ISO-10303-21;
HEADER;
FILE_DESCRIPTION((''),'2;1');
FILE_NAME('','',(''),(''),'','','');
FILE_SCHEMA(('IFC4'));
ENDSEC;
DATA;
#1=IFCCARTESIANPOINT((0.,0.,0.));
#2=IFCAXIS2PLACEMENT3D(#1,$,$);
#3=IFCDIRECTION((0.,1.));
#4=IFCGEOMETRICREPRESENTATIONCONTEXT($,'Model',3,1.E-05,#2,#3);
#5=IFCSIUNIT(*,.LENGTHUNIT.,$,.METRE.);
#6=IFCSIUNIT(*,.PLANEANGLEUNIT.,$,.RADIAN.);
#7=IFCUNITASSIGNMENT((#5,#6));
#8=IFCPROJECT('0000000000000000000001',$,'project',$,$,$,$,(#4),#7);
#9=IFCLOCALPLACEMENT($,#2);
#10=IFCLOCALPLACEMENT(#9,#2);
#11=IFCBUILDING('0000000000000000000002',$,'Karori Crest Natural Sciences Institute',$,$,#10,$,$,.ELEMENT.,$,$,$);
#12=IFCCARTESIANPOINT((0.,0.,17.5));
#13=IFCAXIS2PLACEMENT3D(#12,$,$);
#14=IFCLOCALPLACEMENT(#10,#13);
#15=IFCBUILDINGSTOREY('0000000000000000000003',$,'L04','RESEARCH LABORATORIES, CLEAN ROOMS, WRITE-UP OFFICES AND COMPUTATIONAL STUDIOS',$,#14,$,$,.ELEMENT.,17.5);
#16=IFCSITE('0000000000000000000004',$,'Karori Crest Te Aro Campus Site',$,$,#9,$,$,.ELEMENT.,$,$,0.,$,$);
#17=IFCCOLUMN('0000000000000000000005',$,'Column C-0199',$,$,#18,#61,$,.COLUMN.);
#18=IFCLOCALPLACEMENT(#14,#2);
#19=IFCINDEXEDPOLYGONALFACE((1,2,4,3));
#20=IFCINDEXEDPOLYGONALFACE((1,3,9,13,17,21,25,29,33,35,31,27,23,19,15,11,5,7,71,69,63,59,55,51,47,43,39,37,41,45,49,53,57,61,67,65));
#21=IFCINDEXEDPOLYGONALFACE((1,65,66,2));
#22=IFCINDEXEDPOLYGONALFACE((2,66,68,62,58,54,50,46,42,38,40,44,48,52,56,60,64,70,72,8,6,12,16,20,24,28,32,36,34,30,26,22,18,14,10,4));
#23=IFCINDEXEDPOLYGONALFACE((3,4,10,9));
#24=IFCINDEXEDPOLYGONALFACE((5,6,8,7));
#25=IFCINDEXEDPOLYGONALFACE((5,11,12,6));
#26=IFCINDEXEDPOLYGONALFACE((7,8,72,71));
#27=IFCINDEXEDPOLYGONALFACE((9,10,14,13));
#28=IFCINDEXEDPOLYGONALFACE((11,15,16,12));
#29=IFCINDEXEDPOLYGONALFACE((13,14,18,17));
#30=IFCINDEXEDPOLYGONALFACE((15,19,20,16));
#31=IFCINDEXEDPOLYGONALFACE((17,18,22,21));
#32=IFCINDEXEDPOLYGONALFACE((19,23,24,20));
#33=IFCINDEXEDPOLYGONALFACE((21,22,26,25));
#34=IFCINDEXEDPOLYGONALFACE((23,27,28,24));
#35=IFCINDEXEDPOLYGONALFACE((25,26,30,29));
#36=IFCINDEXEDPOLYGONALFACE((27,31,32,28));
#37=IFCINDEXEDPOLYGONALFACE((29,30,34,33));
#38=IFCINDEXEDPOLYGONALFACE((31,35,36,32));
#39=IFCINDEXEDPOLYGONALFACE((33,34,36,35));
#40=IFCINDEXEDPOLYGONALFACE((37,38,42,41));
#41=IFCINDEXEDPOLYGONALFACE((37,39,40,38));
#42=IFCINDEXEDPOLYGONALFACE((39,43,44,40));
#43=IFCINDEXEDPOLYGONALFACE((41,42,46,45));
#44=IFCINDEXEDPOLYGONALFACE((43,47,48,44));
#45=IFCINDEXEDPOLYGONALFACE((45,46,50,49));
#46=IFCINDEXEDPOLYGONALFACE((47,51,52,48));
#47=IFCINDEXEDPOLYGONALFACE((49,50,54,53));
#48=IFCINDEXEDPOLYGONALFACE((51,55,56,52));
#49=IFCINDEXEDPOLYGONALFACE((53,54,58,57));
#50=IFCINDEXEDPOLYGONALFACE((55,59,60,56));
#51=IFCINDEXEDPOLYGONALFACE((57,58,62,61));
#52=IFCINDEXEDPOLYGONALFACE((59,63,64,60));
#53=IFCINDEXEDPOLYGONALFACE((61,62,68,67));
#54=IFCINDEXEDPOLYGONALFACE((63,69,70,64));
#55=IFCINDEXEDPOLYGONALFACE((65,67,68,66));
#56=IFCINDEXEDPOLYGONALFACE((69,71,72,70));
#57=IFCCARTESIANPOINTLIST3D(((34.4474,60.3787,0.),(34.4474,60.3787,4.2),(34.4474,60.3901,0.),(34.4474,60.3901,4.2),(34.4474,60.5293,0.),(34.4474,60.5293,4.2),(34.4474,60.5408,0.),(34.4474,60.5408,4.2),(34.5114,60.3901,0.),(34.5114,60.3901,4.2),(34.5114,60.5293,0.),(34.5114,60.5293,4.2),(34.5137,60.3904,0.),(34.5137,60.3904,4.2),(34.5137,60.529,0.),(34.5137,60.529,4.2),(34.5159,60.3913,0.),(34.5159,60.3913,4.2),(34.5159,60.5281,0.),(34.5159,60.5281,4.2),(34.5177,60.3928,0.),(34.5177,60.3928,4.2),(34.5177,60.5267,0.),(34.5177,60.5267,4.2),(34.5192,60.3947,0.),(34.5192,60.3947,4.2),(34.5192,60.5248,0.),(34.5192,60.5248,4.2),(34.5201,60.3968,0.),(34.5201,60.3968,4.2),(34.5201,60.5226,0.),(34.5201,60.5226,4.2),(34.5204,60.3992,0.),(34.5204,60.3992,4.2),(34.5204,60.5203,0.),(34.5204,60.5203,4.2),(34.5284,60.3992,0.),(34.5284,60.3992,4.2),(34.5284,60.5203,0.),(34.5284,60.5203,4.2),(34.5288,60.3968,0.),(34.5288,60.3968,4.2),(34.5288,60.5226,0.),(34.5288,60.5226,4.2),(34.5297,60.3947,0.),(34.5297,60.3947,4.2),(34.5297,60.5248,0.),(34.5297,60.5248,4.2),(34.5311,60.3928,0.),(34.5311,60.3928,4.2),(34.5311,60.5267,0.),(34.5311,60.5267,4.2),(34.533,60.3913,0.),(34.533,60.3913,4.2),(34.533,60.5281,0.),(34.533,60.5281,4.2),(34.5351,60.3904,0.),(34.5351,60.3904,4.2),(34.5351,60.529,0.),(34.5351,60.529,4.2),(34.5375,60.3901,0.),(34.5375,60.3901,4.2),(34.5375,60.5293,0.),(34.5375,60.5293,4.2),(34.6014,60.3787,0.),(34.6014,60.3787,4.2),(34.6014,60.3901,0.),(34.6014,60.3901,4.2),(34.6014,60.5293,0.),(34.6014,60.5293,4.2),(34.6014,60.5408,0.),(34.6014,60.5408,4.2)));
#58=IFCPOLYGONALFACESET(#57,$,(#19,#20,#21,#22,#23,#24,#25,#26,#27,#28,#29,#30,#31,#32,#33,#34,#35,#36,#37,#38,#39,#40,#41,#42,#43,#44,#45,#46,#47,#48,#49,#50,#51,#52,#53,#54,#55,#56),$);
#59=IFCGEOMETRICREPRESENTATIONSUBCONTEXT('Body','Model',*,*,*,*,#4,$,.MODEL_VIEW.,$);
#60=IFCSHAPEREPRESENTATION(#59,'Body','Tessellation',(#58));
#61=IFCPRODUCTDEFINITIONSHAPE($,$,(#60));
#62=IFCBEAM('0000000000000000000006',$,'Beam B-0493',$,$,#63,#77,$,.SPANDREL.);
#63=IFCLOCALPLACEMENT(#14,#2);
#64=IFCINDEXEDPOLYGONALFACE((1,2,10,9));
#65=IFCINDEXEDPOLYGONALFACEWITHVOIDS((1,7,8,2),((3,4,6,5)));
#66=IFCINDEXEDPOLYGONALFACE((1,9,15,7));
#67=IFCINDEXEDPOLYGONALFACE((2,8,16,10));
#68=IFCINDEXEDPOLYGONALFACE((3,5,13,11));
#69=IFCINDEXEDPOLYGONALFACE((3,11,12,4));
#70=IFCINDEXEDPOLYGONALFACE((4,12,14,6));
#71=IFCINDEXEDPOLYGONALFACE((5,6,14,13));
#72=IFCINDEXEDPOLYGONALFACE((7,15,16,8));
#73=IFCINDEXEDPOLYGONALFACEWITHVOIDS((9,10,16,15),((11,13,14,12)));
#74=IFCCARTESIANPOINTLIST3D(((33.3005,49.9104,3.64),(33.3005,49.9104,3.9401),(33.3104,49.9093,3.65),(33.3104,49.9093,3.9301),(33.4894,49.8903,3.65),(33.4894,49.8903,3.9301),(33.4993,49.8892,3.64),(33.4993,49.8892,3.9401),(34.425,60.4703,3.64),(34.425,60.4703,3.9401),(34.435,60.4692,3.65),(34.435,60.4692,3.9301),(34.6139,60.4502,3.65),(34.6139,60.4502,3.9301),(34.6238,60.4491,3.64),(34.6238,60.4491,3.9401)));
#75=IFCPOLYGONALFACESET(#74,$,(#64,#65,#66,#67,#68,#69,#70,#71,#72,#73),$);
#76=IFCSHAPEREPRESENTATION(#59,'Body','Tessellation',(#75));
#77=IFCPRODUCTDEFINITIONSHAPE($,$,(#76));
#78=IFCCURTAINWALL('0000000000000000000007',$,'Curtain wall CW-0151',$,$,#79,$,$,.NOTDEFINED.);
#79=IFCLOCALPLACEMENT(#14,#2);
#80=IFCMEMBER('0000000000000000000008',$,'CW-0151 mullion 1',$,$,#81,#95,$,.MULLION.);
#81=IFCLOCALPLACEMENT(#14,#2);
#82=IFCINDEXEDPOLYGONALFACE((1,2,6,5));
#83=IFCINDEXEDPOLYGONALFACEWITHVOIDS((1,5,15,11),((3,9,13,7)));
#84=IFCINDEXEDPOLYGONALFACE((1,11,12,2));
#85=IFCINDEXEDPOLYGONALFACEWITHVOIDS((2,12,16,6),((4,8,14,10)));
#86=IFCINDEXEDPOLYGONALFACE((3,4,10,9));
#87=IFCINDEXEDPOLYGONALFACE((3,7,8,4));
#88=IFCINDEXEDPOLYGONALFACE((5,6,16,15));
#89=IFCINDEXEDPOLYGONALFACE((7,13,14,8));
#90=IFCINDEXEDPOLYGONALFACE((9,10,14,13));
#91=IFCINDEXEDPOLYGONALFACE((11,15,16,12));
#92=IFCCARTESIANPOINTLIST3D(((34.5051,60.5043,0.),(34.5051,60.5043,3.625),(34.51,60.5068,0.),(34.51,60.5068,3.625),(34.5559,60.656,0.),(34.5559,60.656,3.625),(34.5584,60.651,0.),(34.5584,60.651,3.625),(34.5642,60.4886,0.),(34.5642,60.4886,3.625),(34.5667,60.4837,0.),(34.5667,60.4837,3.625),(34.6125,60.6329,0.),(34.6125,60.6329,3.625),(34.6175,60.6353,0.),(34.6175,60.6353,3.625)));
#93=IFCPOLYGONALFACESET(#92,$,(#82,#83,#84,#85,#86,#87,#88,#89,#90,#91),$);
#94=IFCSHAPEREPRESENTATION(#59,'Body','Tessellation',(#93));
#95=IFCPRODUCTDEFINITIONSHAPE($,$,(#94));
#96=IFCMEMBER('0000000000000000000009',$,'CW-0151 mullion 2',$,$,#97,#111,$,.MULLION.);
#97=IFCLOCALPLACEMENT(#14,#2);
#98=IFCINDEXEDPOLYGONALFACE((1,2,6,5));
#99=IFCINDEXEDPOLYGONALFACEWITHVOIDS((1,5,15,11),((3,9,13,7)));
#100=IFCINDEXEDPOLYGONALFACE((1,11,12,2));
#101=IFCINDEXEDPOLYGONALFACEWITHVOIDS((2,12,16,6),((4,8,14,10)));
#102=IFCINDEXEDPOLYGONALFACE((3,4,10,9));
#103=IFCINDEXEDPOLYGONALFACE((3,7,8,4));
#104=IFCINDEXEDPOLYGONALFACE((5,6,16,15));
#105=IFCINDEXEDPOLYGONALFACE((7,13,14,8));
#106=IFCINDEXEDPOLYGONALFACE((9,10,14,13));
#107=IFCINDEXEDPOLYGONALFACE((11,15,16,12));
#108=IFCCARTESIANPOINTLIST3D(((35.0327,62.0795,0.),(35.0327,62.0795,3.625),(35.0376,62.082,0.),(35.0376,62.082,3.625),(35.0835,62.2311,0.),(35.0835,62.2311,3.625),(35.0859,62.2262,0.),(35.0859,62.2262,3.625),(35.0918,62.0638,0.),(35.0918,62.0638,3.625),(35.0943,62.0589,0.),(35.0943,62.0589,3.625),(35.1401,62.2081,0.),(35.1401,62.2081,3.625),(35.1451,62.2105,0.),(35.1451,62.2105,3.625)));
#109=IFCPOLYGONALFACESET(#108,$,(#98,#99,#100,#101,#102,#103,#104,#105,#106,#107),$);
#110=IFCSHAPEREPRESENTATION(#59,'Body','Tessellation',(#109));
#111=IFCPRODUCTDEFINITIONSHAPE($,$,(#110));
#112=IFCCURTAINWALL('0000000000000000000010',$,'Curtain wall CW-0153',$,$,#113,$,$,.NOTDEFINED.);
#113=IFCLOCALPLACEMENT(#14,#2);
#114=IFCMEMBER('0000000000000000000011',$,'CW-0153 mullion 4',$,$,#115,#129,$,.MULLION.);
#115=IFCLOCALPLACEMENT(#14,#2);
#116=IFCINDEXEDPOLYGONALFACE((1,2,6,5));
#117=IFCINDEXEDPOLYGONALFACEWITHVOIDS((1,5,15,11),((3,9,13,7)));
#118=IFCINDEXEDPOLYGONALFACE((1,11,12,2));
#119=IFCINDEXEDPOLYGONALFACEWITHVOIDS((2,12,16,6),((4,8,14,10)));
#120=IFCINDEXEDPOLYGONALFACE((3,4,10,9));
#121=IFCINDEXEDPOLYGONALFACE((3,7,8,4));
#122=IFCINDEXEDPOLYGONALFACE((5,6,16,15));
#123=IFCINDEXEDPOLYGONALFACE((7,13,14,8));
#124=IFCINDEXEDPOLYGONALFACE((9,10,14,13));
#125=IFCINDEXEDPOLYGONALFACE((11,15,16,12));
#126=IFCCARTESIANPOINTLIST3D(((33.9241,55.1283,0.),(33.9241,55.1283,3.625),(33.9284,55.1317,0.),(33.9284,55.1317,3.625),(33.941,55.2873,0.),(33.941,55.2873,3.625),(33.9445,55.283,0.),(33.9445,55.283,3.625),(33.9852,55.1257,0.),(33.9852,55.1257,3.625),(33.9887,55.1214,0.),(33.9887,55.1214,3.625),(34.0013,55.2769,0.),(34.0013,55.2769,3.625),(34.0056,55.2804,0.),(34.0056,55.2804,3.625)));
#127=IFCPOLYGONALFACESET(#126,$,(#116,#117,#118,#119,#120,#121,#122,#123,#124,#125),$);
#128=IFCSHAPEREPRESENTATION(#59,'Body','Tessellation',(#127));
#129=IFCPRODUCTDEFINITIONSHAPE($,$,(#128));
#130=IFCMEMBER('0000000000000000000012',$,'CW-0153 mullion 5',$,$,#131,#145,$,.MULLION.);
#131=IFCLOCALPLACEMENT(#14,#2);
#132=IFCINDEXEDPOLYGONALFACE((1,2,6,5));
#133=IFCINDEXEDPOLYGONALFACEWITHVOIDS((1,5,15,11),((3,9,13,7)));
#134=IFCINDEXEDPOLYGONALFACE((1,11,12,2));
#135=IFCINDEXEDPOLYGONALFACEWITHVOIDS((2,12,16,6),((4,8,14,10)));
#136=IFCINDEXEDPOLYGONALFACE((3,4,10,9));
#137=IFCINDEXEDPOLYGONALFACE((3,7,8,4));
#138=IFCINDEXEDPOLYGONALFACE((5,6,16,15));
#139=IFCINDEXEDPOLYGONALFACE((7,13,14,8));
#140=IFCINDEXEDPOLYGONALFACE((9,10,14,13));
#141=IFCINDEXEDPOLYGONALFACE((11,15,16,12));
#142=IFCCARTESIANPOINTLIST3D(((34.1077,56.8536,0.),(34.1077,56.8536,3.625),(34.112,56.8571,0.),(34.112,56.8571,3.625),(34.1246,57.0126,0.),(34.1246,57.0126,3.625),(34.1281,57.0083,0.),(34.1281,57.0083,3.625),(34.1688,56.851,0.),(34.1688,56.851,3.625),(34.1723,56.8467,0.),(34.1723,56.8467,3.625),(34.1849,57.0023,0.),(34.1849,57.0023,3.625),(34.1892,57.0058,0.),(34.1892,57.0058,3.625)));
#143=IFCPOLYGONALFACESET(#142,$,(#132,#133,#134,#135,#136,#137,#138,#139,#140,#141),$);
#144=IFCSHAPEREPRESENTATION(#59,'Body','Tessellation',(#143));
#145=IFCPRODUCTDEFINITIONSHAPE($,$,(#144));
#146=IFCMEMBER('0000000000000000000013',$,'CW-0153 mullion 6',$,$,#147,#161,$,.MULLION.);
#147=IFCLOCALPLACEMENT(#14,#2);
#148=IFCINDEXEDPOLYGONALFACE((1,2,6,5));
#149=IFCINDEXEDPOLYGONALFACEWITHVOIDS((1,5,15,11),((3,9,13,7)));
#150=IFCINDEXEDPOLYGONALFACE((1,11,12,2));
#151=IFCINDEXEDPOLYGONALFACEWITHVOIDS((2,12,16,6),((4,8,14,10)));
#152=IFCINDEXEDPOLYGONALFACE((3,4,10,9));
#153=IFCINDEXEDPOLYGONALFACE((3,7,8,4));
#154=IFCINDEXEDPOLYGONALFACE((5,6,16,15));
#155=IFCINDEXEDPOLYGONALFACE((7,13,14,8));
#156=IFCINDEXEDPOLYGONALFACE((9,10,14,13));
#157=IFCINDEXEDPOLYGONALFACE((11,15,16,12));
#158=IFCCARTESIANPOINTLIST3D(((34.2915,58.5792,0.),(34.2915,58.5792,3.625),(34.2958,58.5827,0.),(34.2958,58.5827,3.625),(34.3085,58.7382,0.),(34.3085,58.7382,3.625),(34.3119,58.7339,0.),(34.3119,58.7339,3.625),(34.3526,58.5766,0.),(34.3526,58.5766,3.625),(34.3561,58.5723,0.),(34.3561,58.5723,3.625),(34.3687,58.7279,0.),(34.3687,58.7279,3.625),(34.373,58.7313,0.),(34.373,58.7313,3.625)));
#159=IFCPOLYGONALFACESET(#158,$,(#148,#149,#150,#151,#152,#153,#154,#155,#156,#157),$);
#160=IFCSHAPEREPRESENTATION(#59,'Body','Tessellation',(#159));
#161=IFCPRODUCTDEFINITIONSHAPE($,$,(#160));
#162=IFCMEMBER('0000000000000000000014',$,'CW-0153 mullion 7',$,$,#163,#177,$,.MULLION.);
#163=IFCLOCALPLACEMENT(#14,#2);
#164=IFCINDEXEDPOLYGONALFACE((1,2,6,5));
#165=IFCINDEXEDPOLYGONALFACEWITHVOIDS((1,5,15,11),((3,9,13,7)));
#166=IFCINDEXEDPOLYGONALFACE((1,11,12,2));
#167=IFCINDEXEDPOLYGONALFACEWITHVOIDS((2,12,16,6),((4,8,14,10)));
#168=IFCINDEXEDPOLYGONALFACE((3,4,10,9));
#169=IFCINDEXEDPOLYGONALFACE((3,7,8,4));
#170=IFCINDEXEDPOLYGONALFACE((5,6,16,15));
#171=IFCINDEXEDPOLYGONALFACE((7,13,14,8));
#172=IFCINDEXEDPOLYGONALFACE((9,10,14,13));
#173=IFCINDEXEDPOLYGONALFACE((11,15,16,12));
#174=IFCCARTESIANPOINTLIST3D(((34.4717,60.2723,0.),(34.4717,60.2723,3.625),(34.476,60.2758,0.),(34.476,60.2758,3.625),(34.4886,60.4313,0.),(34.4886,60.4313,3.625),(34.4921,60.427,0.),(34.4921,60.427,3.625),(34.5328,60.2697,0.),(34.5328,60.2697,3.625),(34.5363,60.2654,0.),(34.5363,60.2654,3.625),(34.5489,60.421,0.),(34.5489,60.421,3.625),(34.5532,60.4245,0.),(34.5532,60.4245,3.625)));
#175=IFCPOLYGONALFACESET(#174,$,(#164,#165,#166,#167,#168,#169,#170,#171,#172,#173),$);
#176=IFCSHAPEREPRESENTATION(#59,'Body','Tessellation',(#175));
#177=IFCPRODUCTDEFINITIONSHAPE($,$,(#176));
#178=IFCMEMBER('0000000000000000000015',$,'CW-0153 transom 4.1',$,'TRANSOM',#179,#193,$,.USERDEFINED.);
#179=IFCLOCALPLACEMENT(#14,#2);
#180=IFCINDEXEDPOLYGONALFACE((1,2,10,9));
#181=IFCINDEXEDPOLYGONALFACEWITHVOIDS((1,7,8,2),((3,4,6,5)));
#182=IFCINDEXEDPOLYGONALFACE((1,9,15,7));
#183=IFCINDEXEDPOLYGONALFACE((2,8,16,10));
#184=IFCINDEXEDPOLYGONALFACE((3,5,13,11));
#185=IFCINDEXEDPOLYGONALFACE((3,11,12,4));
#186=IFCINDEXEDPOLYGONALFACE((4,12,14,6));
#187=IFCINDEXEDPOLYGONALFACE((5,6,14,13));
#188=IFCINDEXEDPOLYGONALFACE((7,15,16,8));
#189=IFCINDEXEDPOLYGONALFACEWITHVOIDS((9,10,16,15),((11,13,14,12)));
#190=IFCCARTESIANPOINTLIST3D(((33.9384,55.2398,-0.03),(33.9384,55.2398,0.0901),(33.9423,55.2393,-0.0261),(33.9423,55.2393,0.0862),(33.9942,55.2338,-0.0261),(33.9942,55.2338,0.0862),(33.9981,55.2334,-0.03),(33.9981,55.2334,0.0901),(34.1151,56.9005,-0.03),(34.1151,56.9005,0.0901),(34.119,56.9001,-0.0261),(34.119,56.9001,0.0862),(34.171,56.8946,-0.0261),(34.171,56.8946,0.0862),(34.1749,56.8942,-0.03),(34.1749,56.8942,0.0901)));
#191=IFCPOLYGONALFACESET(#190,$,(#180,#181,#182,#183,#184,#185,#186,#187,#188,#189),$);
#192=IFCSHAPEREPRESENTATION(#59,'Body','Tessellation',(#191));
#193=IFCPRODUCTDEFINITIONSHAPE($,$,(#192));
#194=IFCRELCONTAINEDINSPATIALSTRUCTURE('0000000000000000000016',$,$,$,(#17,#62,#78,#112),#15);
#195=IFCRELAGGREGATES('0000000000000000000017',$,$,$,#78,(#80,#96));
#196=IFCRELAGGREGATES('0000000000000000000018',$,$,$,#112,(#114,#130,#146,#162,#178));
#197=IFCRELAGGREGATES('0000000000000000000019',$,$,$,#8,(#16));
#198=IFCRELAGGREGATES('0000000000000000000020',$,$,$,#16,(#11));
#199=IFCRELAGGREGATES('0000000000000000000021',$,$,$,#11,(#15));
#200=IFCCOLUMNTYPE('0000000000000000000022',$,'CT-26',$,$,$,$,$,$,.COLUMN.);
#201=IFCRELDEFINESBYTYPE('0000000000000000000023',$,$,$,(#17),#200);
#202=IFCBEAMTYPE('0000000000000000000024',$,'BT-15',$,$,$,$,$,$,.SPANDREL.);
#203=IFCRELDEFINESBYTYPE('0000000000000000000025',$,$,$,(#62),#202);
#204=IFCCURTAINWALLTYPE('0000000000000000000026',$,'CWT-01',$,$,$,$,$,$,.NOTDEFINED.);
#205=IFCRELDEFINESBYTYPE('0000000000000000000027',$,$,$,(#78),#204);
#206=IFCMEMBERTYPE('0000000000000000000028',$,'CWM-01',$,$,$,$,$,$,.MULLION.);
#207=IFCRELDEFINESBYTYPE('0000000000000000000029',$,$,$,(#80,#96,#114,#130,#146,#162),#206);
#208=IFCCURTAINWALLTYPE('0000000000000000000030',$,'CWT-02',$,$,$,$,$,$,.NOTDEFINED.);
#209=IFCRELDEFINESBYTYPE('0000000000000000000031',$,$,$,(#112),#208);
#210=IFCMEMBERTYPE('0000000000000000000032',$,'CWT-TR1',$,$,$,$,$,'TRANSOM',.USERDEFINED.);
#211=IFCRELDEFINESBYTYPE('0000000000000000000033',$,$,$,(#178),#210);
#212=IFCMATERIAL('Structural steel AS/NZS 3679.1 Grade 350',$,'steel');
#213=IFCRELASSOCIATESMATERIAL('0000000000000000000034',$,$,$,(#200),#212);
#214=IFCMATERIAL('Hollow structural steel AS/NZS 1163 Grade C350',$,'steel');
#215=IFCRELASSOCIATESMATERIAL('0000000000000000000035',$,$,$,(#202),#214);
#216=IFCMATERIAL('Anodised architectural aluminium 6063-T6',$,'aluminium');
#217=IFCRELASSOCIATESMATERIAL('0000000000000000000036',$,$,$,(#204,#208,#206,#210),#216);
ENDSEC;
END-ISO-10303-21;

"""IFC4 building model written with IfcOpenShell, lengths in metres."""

from ifc_helpers import new_model, si_unit, direction, frame, origin, origin_2d, place, context, subcontext, project, spatial, hollow_rectangle, i_section, extrude, material, material_profile, profile_set, type_object, element, aggregate, save


model = new_model("IFC4")

# Units and contexts
model_context = context("Model", 3, precision=1e-05, world=origin(), true_north=direction((0.0, 1.0)))
body_context = subcontext(model_context, "Body", "Model", "MODEL_VIEW")
ifc_project = project(units=[si_unit("LENGTHUNIT", "METRE"), si_unit("PLANEANGLEUNIT", "RADIAN")], contexts=[model_context])

# Site, building, storey
site_placement = place(None, origin())
site = spatial("IfcSite", under=ifc_project, at=site_placement, Name="Karori Crest Te Aro Campus Site", CompositionType="ELEMENT", RefElevation=0.0)
building_placement = place(site_placement, origin())
building = spatial("IfcBuilding", under=site, at=building_placement, Name="Karori Crest Natural Sciences Institute", CompositionType="ELEMENT")
storey_placement = place(building_placement, frame((0.0, 0.0, 17.5)))
storey = spatial("IfcBuildingStorey", under=building, at=storey_placement, Name="L04", Description="RESEARCH LABORATORIES, CLEAN ROOMS, WRITE-UP OFFICES AND COMPUTATIONAL STUDIOS", CompositionType="ELEMENT", Elevation=17.5)

# Column
ifc_material_1 = material(Name="Structural steel AS/NZS 3679.1 Grade 350", Category="steel")
ifc_material_profile_1 = material_profile(ifc_material_1, i_section(OverallWidth=0.1541, OverallDepth=0.1621, WebThickness=0.0081, FlangeThickness=0.0115, FilletRadius=0.009, at=origin_2d()), Name="150UC37.2")
ifc_profile_set_1 = profile_set([ifc_material_profile_1], Name="Structural steel AS/NZS 3679.1 Grade 350")
column_type = type_object("IfcColumnType", Name="CT-26", PredefinedType="COLUMN", material=ifc_profile_set_1)
column_placement = place(storey_placement, frame((34.5244, 60.4597, 0.0), z_axis=(0.0, 0.0, 1.0), x_axis=(1.0, 0.0, 0.0)))
element("IfcColumn", 1, at=column_placement, inside=storey, type_object=column_type, Name="Column C-0199", PredefinedType="COLUMN", context=body_context, shape_type="SweptSolid", body=[
    extrude(i_section(OverallWidth=0.1541, OverallDepth=0.1621, WebThickness=0.0081, FlangeThickness=0.0115, FilletRadius=0.009, at=origin_2d()), origin(), (0.0, 0.0, 1.0), 4.2),
])

# Beam
ifc_material_2 = material(Name="Hollow structural steel AS/NZS 1163 Grade C350", Category="steel")
ifc_material_profile_2 = material_profile(ifc_material_2, hollow_rectangle(XDim=0.2, YDim=0.3, WallThickness=0.01, at=origin_2d()), Name="RHS300x200x10")
ifc_profile_set_2 = profile_set([ifc_material_profile_2], Name="Hollow structural steel AS/NZS 1163 Grade C350")
beam_type = type_object("IfcBeamType", Name="BT-15", PredefinedType="SPANDREL", material=ifc_profile_set_2)
beam_placement = place(storey_placement, frame((34.5244, 60.4597, 3.79), z_axis=(-0.105891, -0.994378, 0.0), x_axis=(0.994378, -0.105891, 0.0)))
element("IfcBeam", 2, at=beam_placement, inside=storey, type_object=beam_type, Name="Beam B-0493", PredefinedType="SPANDREL", context=body_context, shape_type="SweptSolid", body=[
    extrude(hollow_rectangle(XDim=0.2, YDim=0.3, WallThickness=0.01, at=origin_2d()), origin(), (0.0, 0.0, 1.0), 10.6196),
])

# Curtain walls, members
ifc_material_3 = material(Name="Anodised architectural aluminium 6063-T6", Category="aluminium")
curtain_wall_type_1 = type_object("IfcCurtainWallType", Name="CWT-01", PredefinedType="NOTDEFINED", material=ifc_material_3)
curtain_wall_1_placement = place(storey_placement, origin())
curtain_wall_1 = element("IfcCurtainWall", 3, at=curtain_wall_1_placement, inside=storey, type_object=curtain_wall_type_1, Name="Curtain wall CW-0151", PredefinedType="NOTDEFINED")
ifc_material_profile_3 = material_profile(ifc_material_3, hollow_rectangle(XDim=0.0649, YDim=0.1599, WallThickness=0.0039, at=origin_2d()), Name="CWM160x65x4")
ifc_profile_set_3 = profile_set([ifc_material_profile_3], Name="Anodised architectural aluminium 6063-T6")
member_type_1 = type_object("IfcMemberType", Name="CWM-01", PredefinedType="MULLION", material=ifc_profile_set_3)
member_1_placement = place(storey_placement, frame((34.5613, 60.5698, 0.0), z_axis=(0.0, 0.0, 1.0), x_axis=(-0.948198, 0.31768, 0.0)))
member_1 = element("IfcMember", 4, at=member_1_placement, type_object=member_type_1, Name="CW-0151 mullion 1", PredefinedType="MULLION", context=body_context, shape_type="SweptSolid", body=[
    extrude(hollow_rectangle(XDim=0.0649, YDim=0.1599, WallThickness=0.0039, at=origin_2d()), origin(), (0.0, 0.0, 1.0), 3.625),
])
member_2_placement = place(storey_placement, frame((35.0889, 62.145, 0.0), z_axis=(0.0, 0.0, 1.0), x_axis=(-0.948198, 0.31768, 0.0)))
member_2 = element("IfcMember", 5, at=member_2_placement, type_object=member_type_1, Name="CW-0151 mullion 2", PredefinedType="MULLION", context=body_context, shape_type="SweptSolid", body=[
    extrude(hollow_rectangle(XDim=0.0649, YDim=0.1599, WallThickness=0.0039, at=origin_2d()), origin(), (0.0, 0.0, 1.0), 3.625),
])
curtain_wall_type_2 = type_object("IfcCurtainWallType", Name="CWT-02", PredefinedType="NOTDEFINED", material=ifc_material_3)
curtain_wall_2_placement = place(storey_placement, origin())
curtain_wall_2 = element("IfcCurtainWall", 6, at=curtain_wall_2_placement, inside=storey, type_object=curtain_wall_type_2, Name="Curtain wall CW-0153", PredefinedType="NOTDEFINED")
member_3_placement = place(storey_placement, frame((33.9648, 55.2043, 0.0), z_axis=(0.0, 0.0, 1.0), x_axis=(-0.994378, 0.105886, 0.0)))
member_3 = element("IfcMember", 7, at=member_3_placement, type_object=member_type_1, Name="CW-0153 mullion 4", PredefinedType="MULLION", context=body_context, shape_type="SweptSolid", body=[
    extrude(hollow_rectangle(XDim=0.0649, YDim=0.1599, WallThickness=0.0039, at=origin_2d()), origin(), (0.0, 0.0, 1.0), 3.625),
])
member_4_placement = place(storey_placement, frame((34.1484, 56.9297, 0.0), z_axis=(0.0, 0.0, 1.0), x_axis=(-0.994378, 0.105886, 0.0)))
member_4 = element("IfcMember", 8, at=member_4_placement, type_object=member_type_1, Name="CW-0153 mullion 5", PredefinedType="MULLION", context=body_context, shape_type="SweptSolid", body=[
    extrude(hollow_rectangle(XDim=0.0649, YDim=0.1599, WallThickness=0.0039, at=origin_2d()), origin(), (0.0, 0.0, 1.0), 3.625),
])
member_5_placement = place(storey_placement, frame((34.3323, 58.6553, 0.0), z_axis=(0.0, 0.0, 1.0), x_axis=(-0.994378, 0.105886, 0.0)))
member_5 = element("IfcMember", 9, at=member_5_placement, type_object=member_type_1, Name="CW-0153 mullion 6", PredefinedType="MULLION", context=body_context, shape_type="SweptSolid", body=[
    extrude(hollow_rectangle(XDim=0.0649, YDim=0.1599, WallThickness=0.0039, at=origin_2d()), origin(), (0.0, 0.0, 1.0), 3.625),
])
member_6_placement = place(storey_placement, frame((34.5125, 60.3484, 0.0), z_axis=(0.0, 0.0, 1.0), x_axis=(-0.994378, 0.105886, 0.0)))
member_6 = element("IfcMember", 10, at=member_6_placement, type_object=member_type_1, Name="CW-0153 mullion 7", PredefinedType="MULLION", context=body_context, shape_type="SweptSolid", body=[
    extrude(hollow_rectangle(XDim=0.0649, YDim=0.1599, WallThickness=0.0039, at=origin_2d()), origin(), (0.0, 0.0, 1.0), 3.625),
])
ifc_material_profile_4 = material_profile(ifc_material_3, hollow_rectangle(XDim=0.0601, YDim=0.1201, WallThickness=0.0039, at=origin_2d()), Name="CWT120x60x4")
ifc_profile_set_4 = profile_set([ifc_material_profile_4], Name="Anodised architectural aluminium 6063-T6")
member_type_2 = type_object("IfcMemberType", Name="CWT-TR1", ElementType="TRANSOM", PredefinedType="USERDEFINED", material=ifc_profile_set_4)
member_7_placement = place(storey_placement, frame((33.9683, 55.2366, 0.03), z_axis=(0.105826, 0.994385, 0.0), x_axis=(-0.994385, 0.105826, 0.0)))
member_7 = element("IfcMember", 11, at=member_7_placement, type_object=member_type_2, Name="CW-0153 transom 4.1", ObjectType="TRANSOM", PredefinedType="USERDEFINED", context=body_context, shape_type="SweptSolid", body=[
    extrude(hollow_rectangle(XDim=0.0601, YDim=0.1201, WallThickness=0.0039, at=origin_2d()), origin(), (0.0, 0.0, 1.0), 1.6702),
])

aggregate(curtain_wall_1, [member_1, member_2])
aggregate(curtain_wall_2, [member_3, member_4, member_5, member_6, member_7])

save(model, "model.ifc")
